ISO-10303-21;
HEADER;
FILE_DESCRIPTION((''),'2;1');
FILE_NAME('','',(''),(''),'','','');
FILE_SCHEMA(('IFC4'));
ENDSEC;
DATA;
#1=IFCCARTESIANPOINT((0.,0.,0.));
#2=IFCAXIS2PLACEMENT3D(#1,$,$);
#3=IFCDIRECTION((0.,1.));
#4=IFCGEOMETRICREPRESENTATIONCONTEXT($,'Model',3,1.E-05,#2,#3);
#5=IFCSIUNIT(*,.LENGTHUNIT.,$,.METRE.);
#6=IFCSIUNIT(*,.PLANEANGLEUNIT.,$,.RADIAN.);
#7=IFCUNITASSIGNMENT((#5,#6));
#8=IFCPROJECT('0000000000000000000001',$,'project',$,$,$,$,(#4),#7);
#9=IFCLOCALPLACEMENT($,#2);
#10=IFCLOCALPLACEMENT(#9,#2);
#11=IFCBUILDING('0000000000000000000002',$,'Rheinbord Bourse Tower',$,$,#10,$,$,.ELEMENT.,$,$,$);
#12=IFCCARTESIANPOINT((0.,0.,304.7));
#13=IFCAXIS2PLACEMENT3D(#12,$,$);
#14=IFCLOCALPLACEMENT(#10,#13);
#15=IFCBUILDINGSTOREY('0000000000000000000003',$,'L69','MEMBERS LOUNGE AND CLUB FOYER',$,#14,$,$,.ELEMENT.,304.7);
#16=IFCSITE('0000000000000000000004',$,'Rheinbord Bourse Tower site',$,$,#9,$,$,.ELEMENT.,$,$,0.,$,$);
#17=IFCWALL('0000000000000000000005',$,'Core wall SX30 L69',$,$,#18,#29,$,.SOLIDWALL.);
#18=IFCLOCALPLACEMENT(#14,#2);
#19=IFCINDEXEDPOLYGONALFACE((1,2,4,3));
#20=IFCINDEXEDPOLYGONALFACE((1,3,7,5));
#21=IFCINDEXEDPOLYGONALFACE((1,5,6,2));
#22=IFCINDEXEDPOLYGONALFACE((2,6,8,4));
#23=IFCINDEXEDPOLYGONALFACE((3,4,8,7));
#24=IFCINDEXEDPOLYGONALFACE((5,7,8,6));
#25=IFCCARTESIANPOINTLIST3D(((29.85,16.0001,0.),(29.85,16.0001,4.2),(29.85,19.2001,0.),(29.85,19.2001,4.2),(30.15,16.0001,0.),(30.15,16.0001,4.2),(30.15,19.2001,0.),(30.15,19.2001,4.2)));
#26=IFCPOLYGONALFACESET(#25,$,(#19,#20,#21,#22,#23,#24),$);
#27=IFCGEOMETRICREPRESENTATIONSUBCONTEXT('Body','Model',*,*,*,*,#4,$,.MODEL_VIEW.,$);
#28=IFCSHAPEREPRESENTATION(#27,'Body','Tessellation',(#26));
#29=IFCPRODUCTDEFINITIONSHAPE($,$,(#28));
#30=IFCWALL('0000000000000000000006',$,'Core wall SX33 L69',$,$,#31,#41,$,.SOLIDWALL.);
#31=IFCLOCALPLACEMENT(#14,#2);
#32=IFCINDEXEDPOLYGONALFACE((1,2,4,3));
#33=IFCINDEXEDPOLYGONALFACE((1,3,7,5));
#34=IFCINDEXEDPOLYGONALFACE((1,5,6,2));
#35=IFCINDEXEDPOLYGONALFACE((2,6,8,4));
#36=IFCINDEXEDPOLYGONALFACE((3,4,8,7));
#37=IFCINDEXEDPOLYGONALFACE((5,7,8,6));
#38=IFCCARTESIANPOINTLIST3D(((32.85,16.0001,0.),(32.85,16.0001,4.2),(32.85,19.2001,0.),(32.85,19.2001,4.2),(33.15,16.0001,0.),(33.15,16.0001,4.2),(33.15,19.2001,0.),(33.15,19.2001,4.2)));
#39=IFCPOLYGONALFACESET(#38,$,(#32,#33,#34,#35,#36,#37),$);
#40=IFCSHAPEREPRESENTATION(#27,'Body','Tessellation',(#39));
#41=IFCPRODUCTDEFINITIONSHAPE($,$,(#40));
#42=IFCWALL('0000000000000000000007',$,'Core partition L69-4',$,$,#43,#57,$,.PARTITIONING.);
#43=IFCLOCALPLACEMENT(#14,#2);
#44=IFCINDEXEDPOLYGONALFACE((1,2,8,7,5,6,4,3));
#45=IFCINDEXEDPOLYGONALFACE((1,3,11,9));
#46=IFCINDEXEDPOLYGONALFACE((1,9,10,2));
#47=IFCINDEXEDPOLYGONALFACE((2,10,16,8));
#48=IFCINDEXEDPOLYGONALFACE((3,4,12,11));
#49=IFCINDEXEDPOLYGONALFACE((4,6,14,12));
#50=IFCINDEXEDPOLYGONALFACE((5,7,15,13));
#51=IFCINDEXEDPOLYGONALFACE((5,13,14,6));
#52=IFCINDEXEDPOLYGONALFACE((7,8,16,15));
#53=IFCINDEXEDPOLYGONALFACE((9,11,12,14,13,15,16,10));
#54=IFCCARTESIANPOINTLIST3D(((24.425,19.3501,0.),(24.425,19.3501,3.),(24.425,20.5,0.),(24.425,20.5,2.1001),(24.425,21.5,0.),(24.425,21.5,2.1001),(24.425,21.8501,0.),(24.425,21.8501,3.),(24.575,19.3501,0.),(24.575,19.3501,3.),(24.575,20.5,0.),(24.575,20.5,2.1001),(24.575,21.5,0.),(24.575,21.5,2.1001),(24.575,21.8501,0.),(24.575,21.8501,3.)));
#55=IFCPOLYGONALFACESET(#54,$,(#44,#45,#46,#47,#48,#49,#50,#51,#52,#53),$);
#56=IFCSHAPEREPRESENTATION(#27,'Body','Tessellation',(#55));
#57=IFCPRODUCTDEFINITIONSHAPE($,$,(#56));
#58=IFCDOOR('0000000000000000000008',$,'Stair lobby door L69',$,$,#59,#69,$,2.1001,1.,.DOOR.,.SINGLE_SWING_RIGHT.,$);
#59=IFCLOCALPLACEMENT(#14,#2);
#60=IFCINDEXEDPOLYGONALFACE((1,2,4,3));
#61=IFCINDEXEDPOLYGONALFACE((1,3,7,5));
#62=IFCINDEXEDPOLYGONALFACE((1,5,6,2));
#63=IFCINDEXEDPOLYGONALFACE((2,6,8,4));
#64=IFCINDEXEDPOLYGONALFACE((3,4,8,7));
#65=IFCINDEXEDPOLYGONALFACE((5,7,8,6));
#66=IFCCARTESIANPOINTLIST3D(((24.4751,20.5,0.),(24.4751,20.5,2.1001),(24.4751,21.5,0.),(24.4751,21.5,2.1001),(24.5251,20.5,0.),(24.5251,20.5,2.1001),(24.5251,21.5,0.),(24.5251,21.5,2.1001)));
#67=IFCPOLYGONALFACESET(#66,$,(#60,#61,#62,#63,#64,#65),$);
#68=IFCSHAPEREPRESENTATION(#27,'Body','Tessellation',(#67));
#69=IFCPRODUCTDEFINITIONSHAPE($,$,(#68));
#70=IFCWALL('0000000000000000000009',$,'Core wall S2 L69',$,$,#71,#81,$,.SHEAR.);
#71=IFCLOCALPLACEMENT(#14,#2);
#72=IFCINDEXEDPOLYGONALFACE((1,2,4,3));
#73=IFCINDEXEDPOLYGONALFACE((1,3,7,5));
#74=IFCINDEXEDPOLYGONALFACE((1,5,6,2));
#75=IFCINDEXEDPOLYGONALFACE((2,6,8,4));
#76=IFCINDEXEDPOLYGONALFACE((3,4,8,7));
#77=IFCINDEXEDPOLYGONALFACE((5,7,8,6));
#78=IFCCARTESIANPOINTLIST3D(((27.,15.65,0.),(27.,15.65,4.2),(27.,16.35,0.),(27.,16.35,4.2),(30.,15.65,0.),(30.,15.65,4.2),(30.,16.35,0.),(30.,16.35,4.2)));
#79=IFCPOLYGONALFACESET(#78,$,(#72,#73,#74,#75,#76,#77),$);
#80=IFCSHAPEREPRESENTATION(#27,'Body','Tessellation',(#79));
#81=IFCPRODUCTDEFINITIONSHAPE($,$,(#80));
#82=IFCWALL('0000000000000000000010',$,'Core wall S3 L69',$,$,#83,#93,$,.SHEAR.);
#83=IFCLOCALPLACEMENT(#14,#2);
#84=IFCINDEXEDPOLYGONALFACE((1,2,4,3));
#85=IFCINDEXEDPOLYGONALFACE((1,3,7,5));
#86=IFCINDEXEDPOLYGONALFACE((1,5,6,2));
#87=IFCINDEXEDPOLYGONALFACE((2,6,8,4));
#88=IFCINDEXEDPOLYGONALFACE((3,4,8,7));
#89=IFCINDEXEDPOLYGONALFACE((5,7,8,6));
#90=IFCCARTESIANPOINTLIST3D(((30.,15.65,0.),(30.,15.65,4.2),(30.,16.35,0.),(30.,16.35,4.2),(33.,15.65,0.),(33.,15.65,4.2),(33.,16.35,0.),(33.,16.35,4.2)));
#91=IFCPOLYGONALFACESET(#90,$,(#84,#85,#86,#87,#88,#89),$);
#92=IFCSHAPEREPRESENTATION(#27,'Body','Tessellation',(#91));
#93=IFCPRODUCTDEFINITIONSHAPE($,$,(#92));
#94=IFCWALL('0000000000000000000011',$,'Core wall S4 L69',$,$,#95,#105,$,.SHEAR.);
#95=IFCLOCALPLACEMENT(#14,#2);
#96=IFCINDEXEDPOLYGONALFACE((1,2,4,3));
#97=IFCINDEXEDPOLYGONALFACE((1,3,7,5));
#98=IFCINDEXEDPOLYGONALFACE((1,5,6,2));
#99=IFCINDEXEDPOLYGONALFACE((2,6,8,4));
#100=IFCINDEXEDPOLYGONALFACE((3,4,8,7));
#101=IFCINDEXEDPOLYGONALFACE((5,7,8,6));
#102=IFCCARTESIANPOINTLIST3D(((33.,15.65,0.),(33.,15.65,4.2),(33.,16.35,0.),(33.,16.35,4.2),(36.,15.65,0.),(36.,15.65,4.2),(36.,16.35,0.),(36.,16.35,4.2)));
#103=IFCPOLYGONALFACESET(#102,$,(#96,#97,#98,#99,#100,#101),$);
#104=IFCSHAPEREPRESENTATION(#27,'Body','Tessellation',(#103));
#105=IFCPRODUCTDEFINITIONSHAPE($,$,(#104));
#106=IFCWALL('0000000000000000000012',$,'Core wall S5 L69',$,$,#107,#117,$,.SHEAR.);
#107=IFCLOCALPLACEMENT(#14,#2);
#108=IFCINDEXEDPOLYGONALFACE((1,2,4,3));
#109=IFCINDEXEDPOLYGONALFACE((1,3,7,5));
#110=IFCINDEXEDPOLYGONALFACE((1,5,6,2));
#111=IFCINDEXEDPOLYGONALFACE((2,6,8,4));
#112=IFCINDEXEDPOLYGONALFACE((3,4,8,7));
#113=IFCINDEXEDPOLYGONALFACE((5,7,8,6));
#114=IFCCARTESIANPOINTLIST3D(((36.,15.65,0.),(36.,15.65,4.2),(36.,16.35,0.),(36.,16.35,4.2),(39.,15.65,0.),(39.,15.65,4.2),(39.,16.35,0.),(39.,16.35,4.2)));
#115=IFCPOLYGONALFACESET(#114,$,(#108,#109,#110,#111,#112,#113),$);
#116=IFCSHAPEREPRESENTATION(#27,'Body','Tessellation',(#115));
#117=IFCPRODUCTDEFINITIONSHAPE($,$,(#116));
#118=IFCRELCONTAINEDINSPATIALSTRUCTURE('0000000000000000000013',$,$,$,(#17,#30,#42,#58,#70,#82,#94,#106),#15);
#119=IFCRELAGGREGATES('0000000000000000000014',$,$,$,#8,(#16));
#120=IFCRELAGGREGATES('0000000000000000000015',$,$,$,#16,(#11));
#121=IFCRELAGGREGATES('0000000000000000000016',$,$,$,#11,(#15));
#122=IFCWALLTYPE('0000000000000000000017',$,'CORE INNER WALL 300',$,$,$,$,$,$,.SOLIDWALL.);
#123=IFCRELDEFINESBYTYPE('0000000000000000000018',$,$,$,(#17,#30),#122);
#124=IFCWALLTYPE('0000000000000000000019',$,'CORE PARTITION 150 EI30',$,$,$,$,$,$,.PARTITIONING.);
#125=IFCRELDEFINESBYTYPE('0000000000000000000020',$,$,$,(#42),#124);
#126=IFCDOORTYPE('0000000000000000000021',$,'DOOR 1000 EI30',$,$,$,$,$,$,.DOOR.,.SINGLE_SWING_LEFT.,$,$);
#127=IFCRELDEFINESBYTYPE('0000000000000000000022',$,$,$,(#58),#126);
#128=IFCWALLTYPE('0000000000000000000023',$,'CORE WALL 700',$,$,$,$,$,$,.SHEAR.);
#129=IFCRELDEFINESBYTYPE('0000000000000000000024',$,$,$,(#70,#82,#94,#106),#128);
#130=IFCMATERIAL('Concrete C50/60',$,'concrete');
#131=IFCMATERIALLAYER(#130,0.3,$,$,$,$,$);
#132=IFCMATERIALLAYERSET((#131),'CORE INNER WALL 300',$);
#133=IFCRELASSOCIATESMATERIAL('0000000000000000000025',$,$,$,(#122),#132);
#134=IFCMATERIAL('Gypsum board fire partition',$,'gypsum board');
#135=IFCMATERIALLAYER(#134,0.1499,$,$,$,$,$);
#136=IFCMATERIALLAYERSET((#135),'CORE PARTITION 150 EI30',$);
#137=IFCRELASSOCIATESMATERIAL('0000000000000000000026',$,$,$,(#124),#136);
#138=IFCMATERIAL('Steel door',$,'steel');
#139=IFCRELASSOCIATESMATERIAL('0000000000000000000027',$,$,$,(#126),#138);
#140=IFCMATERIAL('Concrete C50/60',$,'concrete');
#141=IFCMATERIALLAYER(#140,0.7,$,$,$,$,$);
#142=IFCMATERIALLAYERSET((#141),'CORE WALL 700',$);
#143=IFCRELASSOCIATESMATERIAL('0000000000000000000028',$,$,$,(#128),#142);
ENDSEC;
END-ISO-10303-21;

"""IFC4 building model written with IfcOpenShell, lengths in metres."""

from ifc_helpers import new_model, si_unit, direction, frame, frame_2d, origin, place, context, subcontext, project, spatial, rectangle, extrude, material, layer, layer_set, type_object, element, fill, save


model = new_model("IFC4")

# Units and contexts
model_context = context("Model", 3, precision=1e-05, world=origin(), true_north=direction((0.0, 1.0)))
body_context = subcontext(model_context, "Body", "Model", "MODEL_VIEW")
ifc_project = project(units=[si_unit("LENGTHUNIT", "METRE"), si_unit("PLANEANGLEUNIT", "RADIAN")], contexts=[model_context])

# Site, building, storey
site_placement = place(None, origin())
site = spatial("IfcSite", under=ifc_project, at=site_placement, Name="Rheinbord Bourse Tower site", CompositionType="ELEMENT", RefElevation=0.0)
building_placement = place(site_placement, origin())
building = spatial("IfcBuilding", under=site, at=building_placement, Name="Rheinbord Bourse Tower", CompositionType="ELEMENT")
storey_placement = place(building_placement, frame((0.0, 0.0, 304.7)))
storey = spatial("IfcBuildingStorey", under=building, at=storey_placement, Name="L69", Description="MEMBERS LOUNGE AND CLUB FOYER", CompositionType="ELEMENT", Elevation=304.7)

# Shared definitions
ifc_material_1 = material(Name="Concrete C50/60", Category="concrete")
ifc_layer_1 = layer(ifc_material_1, 0.3)
ifc_layer_set_1 = layer_set([ifc_layer_1], Name="CORE INNER WALL 300")
wall_type_1 = type_object("IfcWallType", Name="CORE INNER WALL 300", PredefinedType="SOLIDWALL", material=ifc_layer_set_1)

# Walls
for number, where, z_axis, x_axis, name in (
    (1, (30.0, 16.0, 0.0), (0.0, 0.0, 1.0), (0.0, 1.0, 0.0), "Core wall SX30 L69"),
    (2, (33.0, 16.0, 0.0), (0.0, 0.0, 1.0), (0.0, 1.0, 0.0), "Core wall SX33 L69"),
):
    element("IfcWall", number, at=place(storey_placement, frame(where, z_axis=z_axis, x_axis=x_axis)), inside=storey, type_object=wall_type_1, Name=name, PredefinedType="SOLIDWALL", context=body_context, shape_type="SweptSolid", body=[
        extrude(rectangle(XDim=3.2, YDim=0.3, at=frame_2d((1.6001, 0.0))), origin(), (0.0, 0.0, 1.0), 4.2),
    ])

# Wall, opening, door
ifc_material_2 = material(Name="Gypsum board fire partition", Category="gypsum board")
ifc_layer_2 = layer(ifc_material_2, 0.1499)
ifc_layer_set_2 = layer_set([ifc_layer_2], Name="CORE PARTITION 150 EI30")
wall_type_2 = type_object("IfcWallType", Name="CORE PARTITION 150 EI30", PredefinedType="PARTITIONING", material=ifc_layer_set_2)
wall_1_placement = place(storey_placement, frame((24.5, 19.3501, 0.0), z_axis=(0.0, 0.0, 1.0), x_axis=(0.0, 1.0, 0.0)))
wall_1 = element("IfcWall", 3, at=wall_1_placement, inside=storey, type_object=wall_type_2, Name="Core partition L69-4", PredefinedType="PARTITIONING", context=body_context, shape_type="SweptSolid", body=[
    extrude(rectangle(XDim=2.5, YDim=0.1499, at=frame_2d((1.25, 0.0))), origin(), (0.0, 0.0, 1.0), 3.0),
])
opening_1_placement = place(wall_1_placement, frame((1.1499, 0.0, 0.0)))
opening_1 = element("IfcOpeningElement", 4, at=opening_1_placement, cuts=wall_1, PredefinedType="OPENING", context=body_context, shape_type="SweptSolid", body=[
    extrude(rectangle(XDim=1.0, YDim=2.1001, at=frame_2d((0.5, 1.05))), frame((0.0, 0.085, 0.0), z_axis=(0.0, -1.0, 0.0), x_axis=(1.0, 0.0, 0.0)), (0.0, 0.0, 1.0), 0.1699),
])
ifc_material_3 = material(Name="Steel door", Category="steel")
door_type_1 = type_object("IfcDoorType", Name="DOOR 1000 EI30", OperationType="SINGLE_SWING_LEFT", PredefinedType="DOOR", material=ifc_material_3)
door_1_placement = place(opening_1_placement, origin())
door_1 = element("IfcDoor", 5, at=door_1_placement, inside=storey, type_object=door_type_1, Name="Stair lobby door L69", OperationType="SINGLE_SWING_RIGHT", OverallHeight=2.1001, OverallWidth=1.0, PredefinedType="DOOR", context=body_context, shape_type="SweptSolid", body=[
    extrude(rectangle(XDim=1.0, YDim=2.1001, at=frame_2d((0.5, 1.05))), frame((0.0, 0.0249, 0.0), z_axis=(0.0, -1.0, 0.0), x_axis=(1.0, 0.0, 0.0)), (0.0, 0.0, 1.0), 0.05),
])
fill(opening_1, door_1)

# Walls
ifc_material_4 = material(Name="Concrete C50/60", Category="concrete")
ifc_layer_3 = layer(ifc_material_4, 0.7)
ifc_layer_set_3 = layer_set([ifc_layer_3], Name="CORE WALL 700")
wall_type_3 = type_object("IfcWallType", Name="CORE WALL 700", PredefinedType="SHEAR", material=ifc_layer_set_3)
for number, where, z_axis, x_axis, name in (
    (6, (27.0, 16.0, 0.0), (0.0, 0.0, 1.0), (1.0, 0.0, 0.0), "Core wall S2 L69"),
    (7, (30.0, 16.0, 0.0), (0.0, 0.0, 1.0), (1.0, 0.0, 0.0), "Core wall S3 L69"),
    (8, (33.0, 16.0, 0.0), (0.0, 0.0, 1.0), (1.0, 0.0, 0.0), "Core wall S4 L69"),
    (9, (36.0, 16.0, 0.0), (0.0, 0.0, 1.0), (1.0, 0.0, 0.0), "Core wall S5 L69"),
):
    element("IfcWall", number, at=place(storey_placement, frame(where, z_axis=z_axis, x_axis=x_axis)), inside=storey, type_object=wall_type_3, Name=name, PredefinedType="SHEAR", context=body_context, shape_type="SweptSolid", body=[
        extrude(rectangle(XDim=3.0, YDim=0.7, at=frame_2d((1.5, 0.0))), origin(), (0.0, 0.0, 1.0), 4.2),
    ])

save(model, "model.ifc")
